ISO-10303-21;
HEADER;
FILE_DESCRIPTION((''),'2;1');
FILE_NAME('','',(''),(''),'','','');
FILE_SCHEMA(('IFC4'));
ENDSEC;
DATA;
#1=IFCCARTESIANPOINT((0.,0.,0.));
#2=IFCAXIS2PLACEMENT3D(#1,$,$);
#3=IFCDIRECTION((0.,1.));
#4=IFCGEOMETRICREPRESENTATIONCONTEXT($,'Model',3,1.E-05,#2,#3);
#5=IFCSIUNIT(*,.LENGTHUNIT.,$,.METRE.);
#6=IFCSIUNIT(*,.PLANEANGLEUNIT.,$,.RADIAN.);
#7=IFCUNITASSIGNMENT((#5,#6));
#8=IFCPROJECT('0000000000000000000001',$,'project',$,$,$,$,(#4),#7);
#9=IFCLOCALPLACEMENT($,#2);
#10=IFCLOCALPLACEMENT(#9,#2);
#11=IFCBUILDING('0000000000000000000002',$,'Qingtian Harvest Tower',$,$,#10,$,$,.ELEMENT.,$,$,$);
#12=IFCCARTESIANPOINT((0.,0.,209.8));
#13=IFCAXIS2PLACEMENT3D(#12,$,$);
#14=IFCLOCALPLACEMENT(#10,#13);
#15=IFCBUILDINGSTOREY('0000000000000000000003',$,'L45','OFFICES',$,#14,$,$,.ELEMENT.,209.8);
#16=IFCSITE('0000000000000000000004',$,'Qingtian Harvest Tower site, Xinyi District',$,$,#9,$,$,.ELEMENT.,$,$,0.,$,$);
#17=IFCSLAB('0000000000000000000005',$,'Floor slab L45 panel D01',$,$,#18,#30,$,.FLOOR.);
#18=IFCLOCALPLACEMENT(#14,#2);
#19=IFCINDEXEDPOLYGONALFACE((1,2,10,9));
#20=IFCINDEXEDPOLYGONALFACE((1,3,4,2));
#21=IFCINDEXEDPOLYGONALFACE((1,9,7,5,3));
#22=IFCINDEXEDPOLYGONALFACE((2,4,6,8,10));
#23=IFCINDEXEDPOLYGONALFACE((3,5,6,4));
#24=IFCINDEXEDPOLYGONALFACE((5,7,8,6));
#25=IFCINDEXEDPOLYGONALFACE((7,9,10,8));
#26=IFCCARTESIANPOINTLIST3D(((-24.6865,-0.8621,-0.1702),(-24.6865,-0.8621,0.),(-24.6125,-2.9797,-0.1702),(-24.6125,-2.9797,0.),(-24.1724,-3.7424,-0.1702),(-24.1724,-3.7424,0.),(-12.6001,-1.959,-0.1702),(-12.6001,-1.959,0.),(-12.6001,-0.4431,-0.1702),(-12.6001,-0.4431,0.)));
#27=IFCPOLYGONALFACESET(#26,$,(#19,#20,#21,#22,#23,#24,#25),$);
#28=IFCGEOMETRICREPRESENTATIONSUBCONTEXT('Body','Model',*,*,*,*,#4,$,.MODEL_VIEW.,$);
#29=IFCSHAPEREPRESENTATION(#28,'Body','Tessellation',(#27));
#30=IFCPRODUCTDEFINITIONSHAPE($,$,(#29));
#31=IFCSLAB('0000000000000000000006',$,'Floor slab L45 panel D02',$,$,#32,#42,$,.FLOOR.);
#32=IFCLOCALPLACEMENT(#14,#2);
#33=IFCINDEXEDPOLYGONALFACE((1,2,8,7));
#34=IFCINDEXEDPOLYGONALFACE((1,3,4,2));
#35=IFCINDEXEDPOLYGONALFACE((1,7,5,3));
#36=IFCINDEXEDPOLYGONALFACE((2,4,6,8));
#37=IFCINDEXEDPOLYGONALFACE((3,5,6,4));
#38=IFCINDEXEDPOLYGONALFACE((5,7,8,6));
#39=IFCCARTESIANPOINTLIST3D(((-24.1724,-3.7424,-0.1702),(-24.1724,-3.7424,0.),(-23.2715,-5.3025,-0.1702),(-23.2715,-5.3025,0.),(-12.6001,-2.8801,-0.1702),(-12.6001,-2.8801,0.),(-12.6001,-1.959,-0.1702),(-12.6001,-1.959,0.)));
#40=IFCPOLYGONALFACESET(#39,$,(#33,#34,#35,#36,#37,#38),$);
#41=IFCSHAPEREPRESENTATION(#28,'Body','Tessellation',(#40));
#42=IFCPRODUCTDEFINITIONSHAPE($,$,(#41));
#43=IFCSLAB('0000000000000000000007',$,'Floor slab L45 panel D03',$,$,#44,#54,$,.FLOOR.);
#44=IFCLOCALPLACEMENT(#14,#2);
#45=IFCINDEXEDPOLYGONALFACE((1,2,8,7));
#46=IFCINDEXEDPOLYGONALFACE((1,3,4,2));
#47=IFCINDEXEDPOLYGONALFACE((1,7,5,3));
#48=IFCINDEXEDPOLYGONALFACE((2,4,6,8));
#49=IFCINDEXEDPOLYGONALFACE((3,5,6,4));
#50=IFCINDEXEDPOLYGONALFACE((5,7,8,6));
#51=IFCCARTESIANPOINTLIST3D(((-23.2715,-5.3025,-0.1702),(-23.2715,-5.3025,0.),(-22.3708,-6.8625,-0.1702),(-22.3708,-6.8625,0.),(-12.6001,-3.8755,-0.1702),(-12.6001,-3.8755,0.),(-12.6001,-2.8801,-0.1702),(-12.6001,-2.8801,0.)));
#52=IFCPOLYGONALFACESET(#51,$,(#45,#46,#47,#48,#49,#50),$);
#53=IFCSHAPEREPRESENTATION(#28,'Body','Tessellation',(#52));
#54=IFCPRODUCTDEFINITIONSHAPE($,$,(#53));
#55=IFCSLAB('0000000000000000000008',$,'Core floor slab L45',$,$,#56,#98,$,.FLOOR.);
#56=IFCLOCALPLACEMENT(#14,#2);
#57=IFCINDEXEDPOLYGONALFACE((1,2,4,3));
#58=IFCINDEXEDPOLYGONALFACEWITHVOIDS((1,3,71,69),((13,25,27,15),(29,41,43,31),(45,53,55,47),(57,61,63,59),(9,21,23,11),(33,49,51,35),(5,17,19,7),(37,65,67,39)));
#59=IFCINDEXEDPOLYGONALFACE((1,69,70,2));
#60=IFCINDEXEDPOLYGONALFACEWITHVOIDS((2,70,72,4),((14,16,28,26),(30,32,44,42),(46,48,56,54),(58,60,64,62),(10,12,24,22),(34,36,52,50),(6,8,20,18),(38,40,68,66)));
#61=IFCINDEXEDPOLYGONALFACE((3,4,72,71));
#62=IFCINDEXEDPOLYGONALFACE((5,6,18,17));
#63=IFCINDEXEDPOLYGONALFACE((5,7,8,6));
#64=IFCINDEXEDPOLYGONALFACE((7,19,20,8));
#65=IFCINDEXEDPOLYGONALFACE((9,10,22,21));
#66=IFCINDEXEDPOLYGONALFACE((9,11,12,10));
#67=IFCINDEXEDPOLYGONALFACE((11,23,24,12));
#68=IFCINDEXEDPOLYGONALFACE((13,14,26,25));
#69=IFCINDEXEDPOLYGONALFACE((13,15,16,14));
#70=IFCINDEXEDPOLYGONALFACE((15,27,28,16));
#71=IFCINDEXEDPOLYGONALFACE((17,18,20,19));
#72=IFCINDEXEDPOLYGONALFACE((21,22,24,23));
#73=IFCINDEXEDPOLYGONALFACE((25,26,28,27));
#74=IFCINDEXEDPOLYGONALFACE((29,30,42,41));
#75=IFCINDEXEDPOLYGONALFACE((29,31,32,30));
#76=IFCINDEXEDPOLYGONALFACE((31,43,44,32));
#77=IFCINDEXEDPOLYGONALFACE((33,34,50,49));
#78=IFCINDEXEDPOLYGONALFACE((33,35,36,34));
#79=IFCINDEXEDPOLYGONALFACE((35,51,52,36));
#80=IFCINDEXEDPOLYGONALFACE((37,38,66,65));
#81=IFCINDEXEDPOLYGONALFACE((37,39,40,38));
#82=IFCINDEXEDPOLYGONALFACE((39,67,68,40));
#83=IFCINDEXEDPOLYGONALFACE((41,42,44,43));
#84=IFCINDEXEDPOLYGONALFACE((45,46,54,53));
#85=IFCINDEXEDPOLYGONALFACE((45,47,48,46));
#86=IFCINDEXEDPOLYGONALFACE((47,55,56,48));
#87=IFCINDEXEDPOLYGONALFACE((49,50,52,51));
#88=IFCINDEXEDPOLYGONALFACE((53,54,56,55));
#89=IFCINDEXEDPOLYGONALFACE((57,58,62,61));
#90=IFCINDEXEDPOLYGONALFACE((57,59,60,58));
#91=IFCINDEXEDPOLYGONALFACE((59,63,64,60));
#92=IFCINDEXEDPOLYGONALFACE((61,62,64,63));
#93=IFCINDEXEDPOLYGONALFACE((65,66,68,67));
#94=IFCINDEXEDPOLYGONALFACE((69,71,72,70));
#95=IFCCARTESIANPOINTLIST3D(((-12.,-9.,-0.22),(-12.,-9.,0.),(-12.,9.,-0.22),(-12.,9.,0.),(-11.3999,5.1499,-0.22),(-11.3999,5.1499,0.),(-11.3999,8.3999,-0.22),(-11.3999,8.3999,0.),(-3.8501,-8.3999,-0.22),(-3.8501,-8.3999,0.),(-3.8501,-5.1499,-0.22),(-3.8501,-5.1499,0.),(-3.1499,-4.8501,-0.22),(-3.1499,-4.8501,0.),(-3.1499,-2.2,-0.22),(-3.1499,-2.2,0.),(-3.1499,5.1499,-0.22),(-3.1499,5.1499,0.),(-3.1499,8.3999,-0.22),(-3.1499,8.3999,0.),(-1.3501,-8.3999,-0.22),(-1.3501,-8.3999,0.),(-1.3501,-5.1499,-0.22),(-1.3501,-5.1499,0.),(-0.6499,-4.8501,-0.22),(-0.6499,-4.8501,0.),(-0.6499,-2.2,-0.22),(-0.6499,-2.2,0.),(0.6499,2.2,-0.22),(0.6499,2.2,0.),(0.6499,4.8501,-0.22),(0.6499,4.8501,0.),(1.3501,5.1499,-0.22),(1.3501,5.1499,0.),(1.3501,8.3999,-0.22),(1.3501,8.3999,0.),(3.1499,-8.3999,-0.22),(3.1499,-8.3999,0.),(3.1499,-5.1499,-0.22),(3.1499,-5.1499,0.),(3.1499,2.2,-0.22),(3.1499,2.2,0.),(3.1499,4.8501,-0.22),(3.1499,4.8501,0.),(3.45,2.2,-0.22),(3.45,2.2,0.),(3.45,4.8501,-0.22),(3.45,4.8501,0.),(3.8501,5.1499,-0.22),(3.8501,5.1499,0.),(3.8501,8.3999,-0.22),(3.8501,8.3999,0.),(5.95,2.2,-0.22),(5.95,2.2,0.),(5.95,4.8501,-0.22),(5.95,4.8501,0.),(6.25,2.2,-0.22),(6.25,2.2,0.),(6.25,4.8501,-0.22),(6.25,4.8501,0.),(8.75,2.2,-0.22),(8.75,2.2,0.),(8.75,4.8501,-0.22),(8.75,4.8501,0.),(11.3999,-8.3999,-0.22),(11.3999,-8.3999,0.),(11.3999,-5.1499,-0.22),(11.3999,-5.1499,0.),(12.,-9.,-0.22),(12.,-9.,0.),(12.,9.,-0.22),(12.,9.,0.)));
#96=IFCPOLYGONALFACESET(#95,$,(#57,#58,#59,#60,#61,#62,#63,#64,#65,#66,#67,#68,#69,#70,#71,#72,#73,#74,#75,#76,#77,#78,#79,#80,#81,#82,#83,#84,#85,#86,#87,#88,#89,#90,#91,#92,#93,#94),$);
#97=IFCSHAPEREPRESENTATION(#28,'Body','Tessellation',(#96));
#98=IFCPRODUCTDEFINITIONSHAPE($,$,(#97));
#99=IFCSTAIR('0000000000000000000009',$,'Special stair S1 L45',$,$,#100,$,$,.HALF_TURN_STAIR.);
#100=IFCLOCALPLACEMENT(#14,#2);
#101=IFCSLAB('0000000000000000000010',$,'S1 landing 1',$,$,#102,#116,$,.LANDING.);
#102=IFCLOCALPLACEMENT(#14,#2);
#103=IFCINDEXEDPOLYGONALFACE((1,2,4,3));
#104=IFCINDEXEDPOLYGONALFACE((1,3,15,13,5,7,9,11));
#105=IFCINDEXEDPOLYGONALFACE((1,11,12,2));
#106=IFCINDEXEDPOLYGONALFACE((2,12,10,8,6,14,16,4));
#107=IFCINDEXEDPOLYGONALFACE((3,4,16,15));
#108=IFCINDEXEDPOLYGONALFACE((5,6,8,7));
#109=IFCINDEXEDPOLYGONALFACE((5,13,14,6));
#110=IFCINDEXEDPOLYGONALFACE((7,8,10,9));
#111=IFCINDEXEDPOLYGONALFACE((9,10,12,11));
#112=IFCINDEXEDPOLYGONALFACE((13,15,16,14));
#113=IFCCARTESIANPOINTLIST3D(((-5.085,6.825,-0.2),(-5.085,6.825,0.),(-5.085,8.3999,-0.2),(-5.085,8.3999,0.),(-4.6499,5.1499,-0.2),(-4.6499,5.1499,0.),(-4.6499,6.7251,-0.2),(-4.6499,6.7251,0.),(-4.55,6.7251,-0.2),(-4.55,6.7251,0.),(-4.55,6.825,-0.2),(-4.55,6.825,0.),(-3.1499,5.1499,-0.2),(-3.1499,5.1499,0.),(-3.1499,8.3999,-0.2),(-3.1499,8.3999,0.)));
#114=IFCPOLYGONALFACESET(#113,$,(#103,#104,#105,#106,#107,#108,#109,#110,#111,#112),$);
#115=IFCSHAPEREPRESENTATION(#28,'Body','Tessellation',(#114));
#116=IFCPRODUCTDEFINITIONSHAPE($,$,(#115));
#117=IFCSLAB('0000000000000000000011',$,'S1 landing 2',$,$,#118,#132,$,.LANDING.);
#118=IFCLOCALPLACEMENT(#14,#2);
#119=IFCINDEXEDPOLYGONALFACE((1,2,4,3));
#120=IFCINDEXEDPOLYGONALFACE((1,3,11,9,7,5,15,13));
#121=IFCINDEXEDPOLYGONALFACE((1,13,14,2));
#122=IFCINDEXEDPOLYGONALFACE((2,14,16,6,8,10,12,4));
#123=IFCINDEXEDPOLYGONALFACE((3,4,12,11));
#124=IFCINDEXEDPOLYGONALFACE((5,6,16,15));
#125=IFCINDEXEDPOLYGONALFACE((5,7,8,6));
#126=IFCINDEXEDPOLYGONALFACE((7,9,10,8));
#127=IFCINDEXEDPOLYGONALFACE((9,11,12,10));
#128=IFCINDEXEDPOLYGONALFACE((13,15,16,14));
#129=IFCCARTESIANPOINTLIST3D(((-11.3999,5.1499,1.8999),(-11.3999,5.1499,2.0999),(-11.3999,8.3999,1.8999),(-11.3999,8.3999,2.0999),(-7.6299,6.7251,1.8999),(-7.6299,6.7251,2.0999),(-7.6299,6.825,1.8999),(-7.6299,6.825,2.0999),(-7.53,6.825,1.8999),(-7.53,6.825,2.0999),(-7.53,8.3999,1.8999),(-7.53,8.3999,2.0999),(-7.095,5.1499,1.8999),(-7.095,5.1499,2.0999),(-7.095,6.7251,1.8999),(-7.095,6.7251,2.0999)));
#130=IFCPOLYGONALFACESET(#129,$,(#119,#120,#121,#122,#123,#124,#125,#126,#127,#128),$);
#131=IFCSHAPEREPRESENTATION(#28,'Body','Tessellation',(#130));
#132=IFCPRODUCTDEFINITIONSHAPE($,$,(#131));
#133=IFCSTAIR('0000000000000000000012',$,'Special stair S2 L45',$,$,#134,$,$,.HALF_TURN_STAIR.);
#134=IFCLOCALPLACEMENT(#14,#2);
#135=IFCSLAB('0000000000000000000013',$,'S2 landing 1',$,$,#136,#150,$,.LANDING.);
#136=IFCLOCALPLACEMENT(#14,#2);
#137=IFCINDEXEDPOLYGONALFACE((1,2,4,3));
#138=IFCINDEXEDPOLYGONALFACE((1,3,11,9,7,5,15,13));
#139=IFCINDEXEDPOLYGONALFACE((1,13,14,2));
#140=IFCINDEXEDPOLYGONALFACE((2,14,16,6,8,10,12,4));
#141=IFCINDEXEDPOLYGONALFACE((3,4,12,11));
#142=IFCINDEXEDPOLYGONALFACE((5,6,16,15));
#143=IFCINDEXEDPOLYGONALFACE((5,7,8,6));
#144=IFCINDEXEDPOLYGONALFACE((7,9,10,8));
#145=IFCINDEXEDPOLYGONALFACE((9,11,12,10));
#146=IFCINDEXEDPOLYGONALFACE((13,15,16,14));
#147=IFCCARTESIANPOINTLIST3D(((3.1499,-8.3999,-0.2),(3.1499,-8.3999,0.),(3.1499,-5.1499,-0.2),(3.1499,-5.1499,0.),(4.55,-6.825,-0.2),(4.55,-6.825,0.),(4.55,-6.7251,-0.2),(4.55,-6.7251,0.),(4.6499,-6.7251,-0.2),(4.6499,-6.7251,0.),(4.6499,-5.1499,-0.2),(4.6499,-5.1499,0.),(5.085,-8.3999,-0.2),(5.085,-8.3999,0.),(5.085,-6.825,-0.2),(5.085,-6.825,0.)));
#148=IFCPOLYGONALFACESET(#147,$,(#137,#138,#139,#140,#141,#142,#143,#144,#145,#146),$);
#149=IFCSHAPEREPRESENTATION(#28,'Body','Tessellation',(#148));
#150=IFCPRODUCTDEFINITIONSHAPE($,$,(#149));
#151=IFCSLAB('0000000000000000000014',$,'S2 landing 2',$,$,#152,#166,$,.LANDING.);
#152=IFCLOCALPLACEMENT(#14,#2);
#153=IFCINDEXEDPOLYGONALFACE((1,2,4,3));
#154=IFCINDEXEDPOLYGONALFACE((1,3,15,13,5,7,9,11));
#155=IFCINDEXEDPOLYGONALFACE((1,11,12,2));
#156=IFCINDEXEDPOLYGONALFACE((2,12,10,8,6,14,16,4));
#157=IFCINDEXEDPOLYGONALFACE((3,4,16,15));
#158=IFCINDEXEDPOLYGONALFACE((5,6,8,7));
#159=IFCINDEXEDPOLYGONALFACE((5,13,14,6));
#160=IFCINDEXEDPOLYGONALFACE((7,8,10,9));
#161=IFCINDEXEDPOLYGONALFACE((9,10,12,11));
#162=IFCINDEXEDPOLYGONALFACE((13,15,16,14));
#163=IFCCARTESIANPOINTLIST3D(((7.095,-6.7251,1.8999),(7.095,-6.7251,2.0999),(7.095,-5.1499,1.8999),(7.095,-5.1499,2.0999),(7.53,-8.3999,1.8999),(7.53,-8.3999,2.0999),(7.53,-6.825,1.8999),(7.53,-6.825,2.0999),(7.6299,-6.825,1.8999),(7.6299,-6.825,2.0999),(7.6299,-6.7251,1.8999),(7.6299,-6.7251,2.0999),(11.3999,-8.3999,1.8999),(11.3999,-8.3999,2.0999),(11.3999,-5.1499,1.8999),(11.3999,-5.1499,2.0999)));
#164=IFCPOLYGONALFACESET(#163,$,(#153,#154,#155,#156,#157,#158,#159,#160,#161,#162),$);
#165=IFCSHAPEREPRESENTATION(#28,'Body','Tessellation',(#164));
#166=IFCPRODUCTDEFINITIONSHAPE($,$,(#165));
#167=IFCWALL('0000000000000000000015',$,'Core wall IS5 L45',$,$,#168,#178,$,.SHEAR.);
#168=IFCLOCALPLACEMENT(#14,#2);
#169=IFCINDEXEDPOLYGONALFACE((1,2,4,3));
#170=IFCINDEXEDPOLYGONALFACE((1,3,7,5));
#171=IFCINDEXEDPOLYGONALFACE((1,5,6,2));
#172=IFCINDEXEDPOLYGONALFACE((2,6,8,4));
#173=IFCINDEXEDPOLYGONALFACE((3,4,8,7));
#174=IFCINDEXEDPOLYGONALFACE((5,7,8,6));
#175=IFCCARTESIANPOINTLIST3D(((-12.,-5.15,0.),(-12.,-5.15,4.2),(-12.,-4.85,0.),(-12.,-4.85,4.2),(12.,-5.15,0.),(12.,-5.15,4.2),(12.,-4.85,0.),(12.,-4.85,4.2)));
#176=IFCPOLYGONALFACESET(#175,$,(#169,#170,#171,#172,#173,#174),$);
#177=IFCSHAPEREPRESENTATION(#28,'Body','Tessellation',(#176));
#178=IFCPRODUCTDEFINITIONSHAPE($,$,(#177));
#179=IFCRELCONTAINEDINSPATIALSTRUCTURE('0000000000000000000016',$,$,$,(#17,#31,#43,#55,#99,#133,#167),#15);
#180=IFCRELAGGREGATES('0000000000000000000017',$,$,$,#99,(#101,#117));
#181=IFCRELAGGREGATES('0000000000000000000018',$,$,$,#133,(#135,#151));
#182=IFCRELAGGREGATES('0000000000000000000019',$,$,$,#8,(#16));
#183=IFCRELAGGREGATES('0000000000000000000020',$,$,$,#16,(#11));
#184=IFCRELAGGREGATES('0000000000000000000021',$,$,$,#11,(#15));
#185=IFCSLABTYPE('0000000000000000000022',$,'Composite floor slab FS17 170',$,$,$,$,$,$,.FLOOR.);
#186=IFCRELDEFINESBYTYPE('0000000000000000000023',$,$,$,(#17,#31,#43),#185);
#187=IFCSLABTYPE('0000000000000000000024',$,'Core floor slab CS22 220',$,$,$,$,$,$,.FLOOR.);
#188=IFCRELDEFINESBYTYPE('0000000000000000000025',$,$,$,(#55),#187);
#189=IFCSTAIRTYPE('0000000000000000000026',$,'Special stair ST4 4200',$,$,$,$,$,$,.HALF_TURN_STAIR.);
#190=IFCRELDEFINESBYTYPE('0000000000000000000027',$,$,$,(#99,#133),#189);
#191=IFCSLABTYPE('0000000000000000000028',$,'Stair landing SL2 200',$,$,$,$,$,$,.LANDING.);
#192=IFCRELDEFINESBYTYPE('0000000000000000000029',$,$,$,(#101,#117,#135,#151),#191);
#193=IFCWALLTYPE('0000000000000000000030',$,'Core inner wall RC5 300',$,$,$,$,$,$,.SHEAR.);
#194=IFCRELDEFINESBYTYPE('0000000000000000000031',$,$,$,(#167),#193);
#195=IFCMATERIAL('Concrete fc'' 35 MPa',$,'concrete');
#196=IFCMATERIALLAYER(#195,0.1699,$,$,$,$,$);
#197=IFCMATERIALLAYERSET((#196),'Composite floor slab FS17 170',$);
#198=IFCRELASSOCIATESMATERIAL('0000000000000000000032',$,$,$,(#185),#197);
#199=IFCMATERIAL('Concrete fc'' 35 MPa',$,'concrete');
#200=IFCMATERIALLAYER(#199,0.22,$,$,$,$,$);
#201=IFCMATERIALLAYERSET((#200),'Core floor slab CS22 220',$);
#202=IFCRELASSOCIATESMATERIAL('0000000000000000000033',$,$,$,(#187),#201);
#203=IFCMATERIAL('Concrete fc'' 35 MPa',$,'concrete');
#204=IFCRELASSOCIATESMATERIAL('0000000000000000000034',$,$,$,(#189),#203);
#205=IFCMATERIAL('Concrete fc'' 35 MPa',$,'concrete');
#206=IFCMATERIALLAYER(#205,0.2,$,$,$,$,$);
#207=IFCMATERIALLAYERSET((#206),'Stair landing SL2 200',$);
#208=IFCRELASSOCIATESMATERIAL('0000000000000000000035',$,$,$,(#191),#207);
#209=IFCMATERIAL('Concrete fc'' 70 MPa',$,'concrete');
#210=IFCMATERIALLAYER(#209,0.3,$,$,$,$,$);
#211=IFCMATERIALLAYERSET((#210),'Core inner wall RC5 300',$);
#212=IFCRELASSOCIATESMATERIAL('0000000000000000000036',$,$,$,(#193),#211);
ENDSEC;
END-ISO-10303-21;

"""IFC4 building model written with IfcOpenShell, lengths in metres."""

from ifc_helpers import new_model, si_unit, direction, frame, frame_2d, origin, place, context, subcontext, project, spatial, polyline, rectangle, outline, extrude, material, layer, layer_set, type_object, element, aggregate, save


model = new_model("IFC4")

# Units and contexts
model_context = context("Model", 3, precision=1e-05, world=origin(), true_north=direction((0.0, 1.0)))
body_context = subcontext(model_context, "Body", "Model", "MODEL_VIEW")
ifc_project = project(units=[si_unit("LENGTHUNIT", "METRE"), si_unit("PLANEANGLEUNIT", "RADIAN")], contexts=[model_context])

# Site, building, storey
site_placement = place(None, origin())
site = spatial("IfcSite", under=ifc_project, at=site_placement, Name="Qingtian Harvest Tower site, Xinyi District", CompositionType="ELEMENT", RefElevation=0.0)
building_placement = place(site_placement, origin())
building = spatial("IfcBuilding", under=site, at=building_placement, Name="Qingtian Harvest Tower", CompositionType="ELEMENT")
storey_placement = place(building_placement, frame((0.0, 0.0, 209.8)))
storey = spatial("IfcBuildingStorey", under=building, at=storey_placement, Name="L45", Description="OFFICES", CompositionType="ELEMENT", Elevation=209.8)

# Slabs
ifc_material_1 = material(Name="Concrete fc' 35 MPa", Category="concrete")
ifc_layer_1 = layer(ifc_material_1, 0.1699)
ifc_layer_set_1 = layer_set([ifc_layer_1], Name="Composite floor slab FS17 170")
slab_type_1 = type_object("IfcSlabType", Name="Composite floor slab FS17 170", PredefinedType="FLOOR", material=ifc_layer_set_1)
slab_1_placement = place(storey_placement, frame((0.0, 0.0, -0.1702)))
element("IfcSlab", 1, at=slab_1_placement, inside=storey, type_object=slab_type_1, Name="Floor slab L45 panel D01", PredefinedType="FLOOR", context=body_context, shape_type="SweptSolid", body=[
    extrude(outline(polyline([(-24.6865, -0.8621), (-12.6001, -0.4431), (-12.6001, -1.959), (-24.1724, -3.7424), (-24.6125, -2.9797), (-24.6865, -0.8621)])), origin(), (0.0, 0.0, 1.0), 0.1702),
])
slab_2_placement = place(storey_placement, frame((0.0, 0.0, -0.1702)))
element("IfcSlab", 2, at=slab_2_placement, inside=storey, type_object=slab_type_1, Name="Floor slab L45 panel D02", PredefinedType="FLOOR", context=body_context, shape_type="SweptSolid", body=[
    extrude(outline(polyline([(-12.6001, -2.8801), (-23.2715, -5.3025), (-24.1724, -3.7424), (-12.6001, -1.959), (-12.6001, -2.8801)])), origin(), (0.0, 0.0, 1.0), 0.1702),
])
slab_3_placement = place(storey_placement, frame((0.0, 0.0, -0.1702)))
element("IfcSlab", 3, at=slab_3_placement, inside=storey, type_object=slab_type_1, Name="Floor slab L45 panel D03", PredefinedType="FLOOR", context=body_context, shape_type="SweptSolid", body=[
    extrude(outline(polyline([(-12.6001, -3.8755), (-22.3708, -6.8625), (-23.2715, -5.3025), (-12.6001, -2.8801), (-12.6001, -3.8755)])), origin(), (0.0, 0.0, 1.0), 0.1702),
])
ifc_material_2 = material(Name="Concrete fc' 35 MPa", Category="concrete")
ifc_layer_2 = layer(ifc_material_2, 0.22)
ifc_layer_set_2 = layer_set([ifc_layer_2], Name="Core floor slab CS22 220")
slab_type_2 = type_object("IfcSlabType", Name="Core floor slab CS22 220", PredefinedType="FLOOR", material=ifc_layer_set_2)
slab_4_placement = place(storey_placement, frame((0.0, 0.0, -0.22)))
element("IfcSlab", 4, at=slab_4_placement, inside=storey, type_object=slab_type_2, Name="Core floor slab L45", PredefinedType="FLOOR", context=body_context, shape_type="SweptSolid", body=[
    extrude(outline(polyline([(-12.0, -9.0), (12.0, -9.0), (12.0, 9.0), (-12.0, 9.0), (-12.0, -9.0)]), holes=[polyline([(-11.3999, 5.1499), (-3.1499, 5.1499), (-3.1499, 8.3999), (-11.3999, 8.3999), (-11.3999, 5.1499)]), polyline([(3.1499, -8.3999), (11.3999, -8.3999), (11.3999, -5.1499), (3.1499, -5.1499), (3.1499, -8.3999)]), polyline([(1.3501, 5.1499), (3.8501, 5.1499), (3.8501, 8.3999), (1.3501, 8.3999), (1.3501, 5.1499)]), polyline([(-3.8501, -8.3999), (-1.3501, -8.3999), (-1.3501, -5.1499), (-3.8501, -5.1499), (-3.8501, -8.3999)]), polyline([(0.6499, 2.2), (3.1499, 2.2), (3.1499, 4.8501), (0.6499, 4.8501), (0.6499, 2.2)]), polyline([(3.45, 2.2), (5.95, 2.2), (5.95, 4.8501), (3.45, 4.8501), (3.45, 2.2)]), polyline([(6.25, 2.2), (8.75, 2.2), (8.75, 4.8501), (6.25, 4.8501), (6.25, 2.2)]), polyline([(-3.1499, -4.8501), (-0.6499, -4.8501), (-0.6499, -2.2), (-3.1499, -2.2), (-3.1499, -4.8501)])]), origin(), (0.0, 0.0, 1.0), 0.22),
])

# Stairs, slabs
ifc_material_3 = material(Name="Concrete fc' 35 MPa", Category="concrete")
stair_type = type_object("IfcStairType", Name="Special stair ST4 4200", PredefinedType="HALF_TURN_STAIR", material=ifc_material_3)
stair_1_placement = place(storey_placement, origin())
stair_1 = element("IfcStair", 5, at=stair_1_placement, inside=storey, type_object=stair_type, Name="Special stair S1 L45", PredefinedType="HALF_TURN_STAIR")
ifc_material_4 = material(Name="Concrete fc' 35 MPa", Category="concrete")
ifc_layer_3 = layer(ifc_material_4, 0.2)
ifc_layer_set_3 = layer_set([ifc_layer_3], Name="Stair landing SL2 200")
slab_type_3 = type_object("IfcSlabType", Name="Stair landing SL2 200", PredefinedType="LANDING", material=ifc_layer_set_3)
slab_5_placement = place(storey_placement, frame((0.0, 0.0, -0.2)))
slab_5 = element("IfcSlab", 6, at=slab_5_placement, type_object=slab_type_3, Name="S1 landing 1", PredefinedType="LANDING", context=body_context, shape_type="SweptSolid", body=[
    extrude(outline(polyline([(-4.6499, 5.1499), (-4.6499, 6.7251), (-4.55, 6.7251), (-4.55, 6.825), (-5.085, 6.825), (-5.085, 8.3999), (-3.1499, 8.3999), (-3.1499, 5.1499), (-4.6499, 5.1499)])), origin(), (0.0, 0.0, 1.0), 0.2),
])
slab_6_placement = place(storey_placement, frame((0.0, 0.0, 1.8999)))
slab_6 = element("IfcSlab", 7, at=slab_6_placement, type_object=slab_type_3, Name="S1 landing 2", PredefinedType="LANDING", context=body_context, shape_type="SweptSolid", body=[
    extrude(outline(polyline([(-7.095, 5.1499), (-11.3999, 5.1499), (-11.3999, 8.3999), (-7.53, 8.3999), (-7.53, 6.825), (-7.6299, 6.825), (-7.6299, 6.7251), (-7.095, 6.7251), (-7.095, 5.1499)])), origin(), (0.0, 0.0, 1.0), 0.2),
])
aggregate(stair_1, [slab_5, slab_6])
stair_2_placement = place(storey_placement, origin())
stair_2 = element("IfcStair", 8, at=stair_2_placement, inside=storey, type_object=stair_type, Name="Special stair S2 L45", PredefinedType="HALF_TURN_STAIR")
slab_7_placement = place(storey_placement, frame((0.0, 0.0, -0.2)))
slab_7 = element("IfcSlab", 9, at=slab_7_placement, type_object=slab_type_3, Name="S2 landing 1", PredefinedType="LANDING", context=body_context, shape_type="SweptSolid", body=[
    extrude(outline(polyline([(5.085, -8.3999), (3.1499, -8.3999), (3.1499, -5.1499), (4.6499, -5.1499), (4.6499, -6.7251), (4.55, -6.7251), (4.55, -6.825), (5.085, -6.825), (5.085, -8.3999)])), origin(), (0.0, 0.0, 1.0), 0.2),
])
slab_8_placement = place(storey_placement, frame((0.0, 0.0, 1.8999)))
slab_8 = element("IfcSlab", 10, at=slab_8_placement, type_object=slab_type_3, Name="S2 landing 2", PredefinedType="LANDING", context=body_context, shape_type="SweptSolid", body=[
    extrude(outline(polyline([(7.53, -8.3999), (7.53, -6.825), (7.6299, -6.825), (7.6299, -6.7251), (7.095, -6.7251), (7.095, -5.1499), (11.3999, -5.1499), (11.3999, -8.3999), (7.53, -8.3999)])), origin(), (0.0, 0.0, 1.0), 0.2),
])
aggregate(stair_2, [slab_7, slab_8])

# Wall
ifc_material_5 = material(Name="Concrete fc' 70 MPa", Category="concrete")
ifc_layer_4 = layer(ifc_material_5, 0.3)
ifc_layer_set_4 = layer_set([ifc_layer_4], Name="Core inner wall RC5 300")
wall_type_1 = type_object("IfcWallType", Name="Core inner wall RC5 300", PredefinedType="SHEAR", material=ifc_layer_set_4)
wall_1_placement = place(storey_placement, frame((-12.0, -5.0, 0.0), z_axis=(0.0, 0.0, 1.0), x_axis=(1.0, 0.0, 0.0)))
element("IfcWall", 11, at=wall_1_placement, inside=storey, type_object=wall_type_1, Name="Core wall IS5 L45", PredefinedType="SHEAR", context=body_context, shape_type="SweptSolid", body=[
    extrude(rectangle(XDim=24.0, YDim=0.3, at=frame_2d((12.0, 0.0))), origin(), (0.0, 0.0, 1.0), 4.2),
])

save(model, "model.ifc")
